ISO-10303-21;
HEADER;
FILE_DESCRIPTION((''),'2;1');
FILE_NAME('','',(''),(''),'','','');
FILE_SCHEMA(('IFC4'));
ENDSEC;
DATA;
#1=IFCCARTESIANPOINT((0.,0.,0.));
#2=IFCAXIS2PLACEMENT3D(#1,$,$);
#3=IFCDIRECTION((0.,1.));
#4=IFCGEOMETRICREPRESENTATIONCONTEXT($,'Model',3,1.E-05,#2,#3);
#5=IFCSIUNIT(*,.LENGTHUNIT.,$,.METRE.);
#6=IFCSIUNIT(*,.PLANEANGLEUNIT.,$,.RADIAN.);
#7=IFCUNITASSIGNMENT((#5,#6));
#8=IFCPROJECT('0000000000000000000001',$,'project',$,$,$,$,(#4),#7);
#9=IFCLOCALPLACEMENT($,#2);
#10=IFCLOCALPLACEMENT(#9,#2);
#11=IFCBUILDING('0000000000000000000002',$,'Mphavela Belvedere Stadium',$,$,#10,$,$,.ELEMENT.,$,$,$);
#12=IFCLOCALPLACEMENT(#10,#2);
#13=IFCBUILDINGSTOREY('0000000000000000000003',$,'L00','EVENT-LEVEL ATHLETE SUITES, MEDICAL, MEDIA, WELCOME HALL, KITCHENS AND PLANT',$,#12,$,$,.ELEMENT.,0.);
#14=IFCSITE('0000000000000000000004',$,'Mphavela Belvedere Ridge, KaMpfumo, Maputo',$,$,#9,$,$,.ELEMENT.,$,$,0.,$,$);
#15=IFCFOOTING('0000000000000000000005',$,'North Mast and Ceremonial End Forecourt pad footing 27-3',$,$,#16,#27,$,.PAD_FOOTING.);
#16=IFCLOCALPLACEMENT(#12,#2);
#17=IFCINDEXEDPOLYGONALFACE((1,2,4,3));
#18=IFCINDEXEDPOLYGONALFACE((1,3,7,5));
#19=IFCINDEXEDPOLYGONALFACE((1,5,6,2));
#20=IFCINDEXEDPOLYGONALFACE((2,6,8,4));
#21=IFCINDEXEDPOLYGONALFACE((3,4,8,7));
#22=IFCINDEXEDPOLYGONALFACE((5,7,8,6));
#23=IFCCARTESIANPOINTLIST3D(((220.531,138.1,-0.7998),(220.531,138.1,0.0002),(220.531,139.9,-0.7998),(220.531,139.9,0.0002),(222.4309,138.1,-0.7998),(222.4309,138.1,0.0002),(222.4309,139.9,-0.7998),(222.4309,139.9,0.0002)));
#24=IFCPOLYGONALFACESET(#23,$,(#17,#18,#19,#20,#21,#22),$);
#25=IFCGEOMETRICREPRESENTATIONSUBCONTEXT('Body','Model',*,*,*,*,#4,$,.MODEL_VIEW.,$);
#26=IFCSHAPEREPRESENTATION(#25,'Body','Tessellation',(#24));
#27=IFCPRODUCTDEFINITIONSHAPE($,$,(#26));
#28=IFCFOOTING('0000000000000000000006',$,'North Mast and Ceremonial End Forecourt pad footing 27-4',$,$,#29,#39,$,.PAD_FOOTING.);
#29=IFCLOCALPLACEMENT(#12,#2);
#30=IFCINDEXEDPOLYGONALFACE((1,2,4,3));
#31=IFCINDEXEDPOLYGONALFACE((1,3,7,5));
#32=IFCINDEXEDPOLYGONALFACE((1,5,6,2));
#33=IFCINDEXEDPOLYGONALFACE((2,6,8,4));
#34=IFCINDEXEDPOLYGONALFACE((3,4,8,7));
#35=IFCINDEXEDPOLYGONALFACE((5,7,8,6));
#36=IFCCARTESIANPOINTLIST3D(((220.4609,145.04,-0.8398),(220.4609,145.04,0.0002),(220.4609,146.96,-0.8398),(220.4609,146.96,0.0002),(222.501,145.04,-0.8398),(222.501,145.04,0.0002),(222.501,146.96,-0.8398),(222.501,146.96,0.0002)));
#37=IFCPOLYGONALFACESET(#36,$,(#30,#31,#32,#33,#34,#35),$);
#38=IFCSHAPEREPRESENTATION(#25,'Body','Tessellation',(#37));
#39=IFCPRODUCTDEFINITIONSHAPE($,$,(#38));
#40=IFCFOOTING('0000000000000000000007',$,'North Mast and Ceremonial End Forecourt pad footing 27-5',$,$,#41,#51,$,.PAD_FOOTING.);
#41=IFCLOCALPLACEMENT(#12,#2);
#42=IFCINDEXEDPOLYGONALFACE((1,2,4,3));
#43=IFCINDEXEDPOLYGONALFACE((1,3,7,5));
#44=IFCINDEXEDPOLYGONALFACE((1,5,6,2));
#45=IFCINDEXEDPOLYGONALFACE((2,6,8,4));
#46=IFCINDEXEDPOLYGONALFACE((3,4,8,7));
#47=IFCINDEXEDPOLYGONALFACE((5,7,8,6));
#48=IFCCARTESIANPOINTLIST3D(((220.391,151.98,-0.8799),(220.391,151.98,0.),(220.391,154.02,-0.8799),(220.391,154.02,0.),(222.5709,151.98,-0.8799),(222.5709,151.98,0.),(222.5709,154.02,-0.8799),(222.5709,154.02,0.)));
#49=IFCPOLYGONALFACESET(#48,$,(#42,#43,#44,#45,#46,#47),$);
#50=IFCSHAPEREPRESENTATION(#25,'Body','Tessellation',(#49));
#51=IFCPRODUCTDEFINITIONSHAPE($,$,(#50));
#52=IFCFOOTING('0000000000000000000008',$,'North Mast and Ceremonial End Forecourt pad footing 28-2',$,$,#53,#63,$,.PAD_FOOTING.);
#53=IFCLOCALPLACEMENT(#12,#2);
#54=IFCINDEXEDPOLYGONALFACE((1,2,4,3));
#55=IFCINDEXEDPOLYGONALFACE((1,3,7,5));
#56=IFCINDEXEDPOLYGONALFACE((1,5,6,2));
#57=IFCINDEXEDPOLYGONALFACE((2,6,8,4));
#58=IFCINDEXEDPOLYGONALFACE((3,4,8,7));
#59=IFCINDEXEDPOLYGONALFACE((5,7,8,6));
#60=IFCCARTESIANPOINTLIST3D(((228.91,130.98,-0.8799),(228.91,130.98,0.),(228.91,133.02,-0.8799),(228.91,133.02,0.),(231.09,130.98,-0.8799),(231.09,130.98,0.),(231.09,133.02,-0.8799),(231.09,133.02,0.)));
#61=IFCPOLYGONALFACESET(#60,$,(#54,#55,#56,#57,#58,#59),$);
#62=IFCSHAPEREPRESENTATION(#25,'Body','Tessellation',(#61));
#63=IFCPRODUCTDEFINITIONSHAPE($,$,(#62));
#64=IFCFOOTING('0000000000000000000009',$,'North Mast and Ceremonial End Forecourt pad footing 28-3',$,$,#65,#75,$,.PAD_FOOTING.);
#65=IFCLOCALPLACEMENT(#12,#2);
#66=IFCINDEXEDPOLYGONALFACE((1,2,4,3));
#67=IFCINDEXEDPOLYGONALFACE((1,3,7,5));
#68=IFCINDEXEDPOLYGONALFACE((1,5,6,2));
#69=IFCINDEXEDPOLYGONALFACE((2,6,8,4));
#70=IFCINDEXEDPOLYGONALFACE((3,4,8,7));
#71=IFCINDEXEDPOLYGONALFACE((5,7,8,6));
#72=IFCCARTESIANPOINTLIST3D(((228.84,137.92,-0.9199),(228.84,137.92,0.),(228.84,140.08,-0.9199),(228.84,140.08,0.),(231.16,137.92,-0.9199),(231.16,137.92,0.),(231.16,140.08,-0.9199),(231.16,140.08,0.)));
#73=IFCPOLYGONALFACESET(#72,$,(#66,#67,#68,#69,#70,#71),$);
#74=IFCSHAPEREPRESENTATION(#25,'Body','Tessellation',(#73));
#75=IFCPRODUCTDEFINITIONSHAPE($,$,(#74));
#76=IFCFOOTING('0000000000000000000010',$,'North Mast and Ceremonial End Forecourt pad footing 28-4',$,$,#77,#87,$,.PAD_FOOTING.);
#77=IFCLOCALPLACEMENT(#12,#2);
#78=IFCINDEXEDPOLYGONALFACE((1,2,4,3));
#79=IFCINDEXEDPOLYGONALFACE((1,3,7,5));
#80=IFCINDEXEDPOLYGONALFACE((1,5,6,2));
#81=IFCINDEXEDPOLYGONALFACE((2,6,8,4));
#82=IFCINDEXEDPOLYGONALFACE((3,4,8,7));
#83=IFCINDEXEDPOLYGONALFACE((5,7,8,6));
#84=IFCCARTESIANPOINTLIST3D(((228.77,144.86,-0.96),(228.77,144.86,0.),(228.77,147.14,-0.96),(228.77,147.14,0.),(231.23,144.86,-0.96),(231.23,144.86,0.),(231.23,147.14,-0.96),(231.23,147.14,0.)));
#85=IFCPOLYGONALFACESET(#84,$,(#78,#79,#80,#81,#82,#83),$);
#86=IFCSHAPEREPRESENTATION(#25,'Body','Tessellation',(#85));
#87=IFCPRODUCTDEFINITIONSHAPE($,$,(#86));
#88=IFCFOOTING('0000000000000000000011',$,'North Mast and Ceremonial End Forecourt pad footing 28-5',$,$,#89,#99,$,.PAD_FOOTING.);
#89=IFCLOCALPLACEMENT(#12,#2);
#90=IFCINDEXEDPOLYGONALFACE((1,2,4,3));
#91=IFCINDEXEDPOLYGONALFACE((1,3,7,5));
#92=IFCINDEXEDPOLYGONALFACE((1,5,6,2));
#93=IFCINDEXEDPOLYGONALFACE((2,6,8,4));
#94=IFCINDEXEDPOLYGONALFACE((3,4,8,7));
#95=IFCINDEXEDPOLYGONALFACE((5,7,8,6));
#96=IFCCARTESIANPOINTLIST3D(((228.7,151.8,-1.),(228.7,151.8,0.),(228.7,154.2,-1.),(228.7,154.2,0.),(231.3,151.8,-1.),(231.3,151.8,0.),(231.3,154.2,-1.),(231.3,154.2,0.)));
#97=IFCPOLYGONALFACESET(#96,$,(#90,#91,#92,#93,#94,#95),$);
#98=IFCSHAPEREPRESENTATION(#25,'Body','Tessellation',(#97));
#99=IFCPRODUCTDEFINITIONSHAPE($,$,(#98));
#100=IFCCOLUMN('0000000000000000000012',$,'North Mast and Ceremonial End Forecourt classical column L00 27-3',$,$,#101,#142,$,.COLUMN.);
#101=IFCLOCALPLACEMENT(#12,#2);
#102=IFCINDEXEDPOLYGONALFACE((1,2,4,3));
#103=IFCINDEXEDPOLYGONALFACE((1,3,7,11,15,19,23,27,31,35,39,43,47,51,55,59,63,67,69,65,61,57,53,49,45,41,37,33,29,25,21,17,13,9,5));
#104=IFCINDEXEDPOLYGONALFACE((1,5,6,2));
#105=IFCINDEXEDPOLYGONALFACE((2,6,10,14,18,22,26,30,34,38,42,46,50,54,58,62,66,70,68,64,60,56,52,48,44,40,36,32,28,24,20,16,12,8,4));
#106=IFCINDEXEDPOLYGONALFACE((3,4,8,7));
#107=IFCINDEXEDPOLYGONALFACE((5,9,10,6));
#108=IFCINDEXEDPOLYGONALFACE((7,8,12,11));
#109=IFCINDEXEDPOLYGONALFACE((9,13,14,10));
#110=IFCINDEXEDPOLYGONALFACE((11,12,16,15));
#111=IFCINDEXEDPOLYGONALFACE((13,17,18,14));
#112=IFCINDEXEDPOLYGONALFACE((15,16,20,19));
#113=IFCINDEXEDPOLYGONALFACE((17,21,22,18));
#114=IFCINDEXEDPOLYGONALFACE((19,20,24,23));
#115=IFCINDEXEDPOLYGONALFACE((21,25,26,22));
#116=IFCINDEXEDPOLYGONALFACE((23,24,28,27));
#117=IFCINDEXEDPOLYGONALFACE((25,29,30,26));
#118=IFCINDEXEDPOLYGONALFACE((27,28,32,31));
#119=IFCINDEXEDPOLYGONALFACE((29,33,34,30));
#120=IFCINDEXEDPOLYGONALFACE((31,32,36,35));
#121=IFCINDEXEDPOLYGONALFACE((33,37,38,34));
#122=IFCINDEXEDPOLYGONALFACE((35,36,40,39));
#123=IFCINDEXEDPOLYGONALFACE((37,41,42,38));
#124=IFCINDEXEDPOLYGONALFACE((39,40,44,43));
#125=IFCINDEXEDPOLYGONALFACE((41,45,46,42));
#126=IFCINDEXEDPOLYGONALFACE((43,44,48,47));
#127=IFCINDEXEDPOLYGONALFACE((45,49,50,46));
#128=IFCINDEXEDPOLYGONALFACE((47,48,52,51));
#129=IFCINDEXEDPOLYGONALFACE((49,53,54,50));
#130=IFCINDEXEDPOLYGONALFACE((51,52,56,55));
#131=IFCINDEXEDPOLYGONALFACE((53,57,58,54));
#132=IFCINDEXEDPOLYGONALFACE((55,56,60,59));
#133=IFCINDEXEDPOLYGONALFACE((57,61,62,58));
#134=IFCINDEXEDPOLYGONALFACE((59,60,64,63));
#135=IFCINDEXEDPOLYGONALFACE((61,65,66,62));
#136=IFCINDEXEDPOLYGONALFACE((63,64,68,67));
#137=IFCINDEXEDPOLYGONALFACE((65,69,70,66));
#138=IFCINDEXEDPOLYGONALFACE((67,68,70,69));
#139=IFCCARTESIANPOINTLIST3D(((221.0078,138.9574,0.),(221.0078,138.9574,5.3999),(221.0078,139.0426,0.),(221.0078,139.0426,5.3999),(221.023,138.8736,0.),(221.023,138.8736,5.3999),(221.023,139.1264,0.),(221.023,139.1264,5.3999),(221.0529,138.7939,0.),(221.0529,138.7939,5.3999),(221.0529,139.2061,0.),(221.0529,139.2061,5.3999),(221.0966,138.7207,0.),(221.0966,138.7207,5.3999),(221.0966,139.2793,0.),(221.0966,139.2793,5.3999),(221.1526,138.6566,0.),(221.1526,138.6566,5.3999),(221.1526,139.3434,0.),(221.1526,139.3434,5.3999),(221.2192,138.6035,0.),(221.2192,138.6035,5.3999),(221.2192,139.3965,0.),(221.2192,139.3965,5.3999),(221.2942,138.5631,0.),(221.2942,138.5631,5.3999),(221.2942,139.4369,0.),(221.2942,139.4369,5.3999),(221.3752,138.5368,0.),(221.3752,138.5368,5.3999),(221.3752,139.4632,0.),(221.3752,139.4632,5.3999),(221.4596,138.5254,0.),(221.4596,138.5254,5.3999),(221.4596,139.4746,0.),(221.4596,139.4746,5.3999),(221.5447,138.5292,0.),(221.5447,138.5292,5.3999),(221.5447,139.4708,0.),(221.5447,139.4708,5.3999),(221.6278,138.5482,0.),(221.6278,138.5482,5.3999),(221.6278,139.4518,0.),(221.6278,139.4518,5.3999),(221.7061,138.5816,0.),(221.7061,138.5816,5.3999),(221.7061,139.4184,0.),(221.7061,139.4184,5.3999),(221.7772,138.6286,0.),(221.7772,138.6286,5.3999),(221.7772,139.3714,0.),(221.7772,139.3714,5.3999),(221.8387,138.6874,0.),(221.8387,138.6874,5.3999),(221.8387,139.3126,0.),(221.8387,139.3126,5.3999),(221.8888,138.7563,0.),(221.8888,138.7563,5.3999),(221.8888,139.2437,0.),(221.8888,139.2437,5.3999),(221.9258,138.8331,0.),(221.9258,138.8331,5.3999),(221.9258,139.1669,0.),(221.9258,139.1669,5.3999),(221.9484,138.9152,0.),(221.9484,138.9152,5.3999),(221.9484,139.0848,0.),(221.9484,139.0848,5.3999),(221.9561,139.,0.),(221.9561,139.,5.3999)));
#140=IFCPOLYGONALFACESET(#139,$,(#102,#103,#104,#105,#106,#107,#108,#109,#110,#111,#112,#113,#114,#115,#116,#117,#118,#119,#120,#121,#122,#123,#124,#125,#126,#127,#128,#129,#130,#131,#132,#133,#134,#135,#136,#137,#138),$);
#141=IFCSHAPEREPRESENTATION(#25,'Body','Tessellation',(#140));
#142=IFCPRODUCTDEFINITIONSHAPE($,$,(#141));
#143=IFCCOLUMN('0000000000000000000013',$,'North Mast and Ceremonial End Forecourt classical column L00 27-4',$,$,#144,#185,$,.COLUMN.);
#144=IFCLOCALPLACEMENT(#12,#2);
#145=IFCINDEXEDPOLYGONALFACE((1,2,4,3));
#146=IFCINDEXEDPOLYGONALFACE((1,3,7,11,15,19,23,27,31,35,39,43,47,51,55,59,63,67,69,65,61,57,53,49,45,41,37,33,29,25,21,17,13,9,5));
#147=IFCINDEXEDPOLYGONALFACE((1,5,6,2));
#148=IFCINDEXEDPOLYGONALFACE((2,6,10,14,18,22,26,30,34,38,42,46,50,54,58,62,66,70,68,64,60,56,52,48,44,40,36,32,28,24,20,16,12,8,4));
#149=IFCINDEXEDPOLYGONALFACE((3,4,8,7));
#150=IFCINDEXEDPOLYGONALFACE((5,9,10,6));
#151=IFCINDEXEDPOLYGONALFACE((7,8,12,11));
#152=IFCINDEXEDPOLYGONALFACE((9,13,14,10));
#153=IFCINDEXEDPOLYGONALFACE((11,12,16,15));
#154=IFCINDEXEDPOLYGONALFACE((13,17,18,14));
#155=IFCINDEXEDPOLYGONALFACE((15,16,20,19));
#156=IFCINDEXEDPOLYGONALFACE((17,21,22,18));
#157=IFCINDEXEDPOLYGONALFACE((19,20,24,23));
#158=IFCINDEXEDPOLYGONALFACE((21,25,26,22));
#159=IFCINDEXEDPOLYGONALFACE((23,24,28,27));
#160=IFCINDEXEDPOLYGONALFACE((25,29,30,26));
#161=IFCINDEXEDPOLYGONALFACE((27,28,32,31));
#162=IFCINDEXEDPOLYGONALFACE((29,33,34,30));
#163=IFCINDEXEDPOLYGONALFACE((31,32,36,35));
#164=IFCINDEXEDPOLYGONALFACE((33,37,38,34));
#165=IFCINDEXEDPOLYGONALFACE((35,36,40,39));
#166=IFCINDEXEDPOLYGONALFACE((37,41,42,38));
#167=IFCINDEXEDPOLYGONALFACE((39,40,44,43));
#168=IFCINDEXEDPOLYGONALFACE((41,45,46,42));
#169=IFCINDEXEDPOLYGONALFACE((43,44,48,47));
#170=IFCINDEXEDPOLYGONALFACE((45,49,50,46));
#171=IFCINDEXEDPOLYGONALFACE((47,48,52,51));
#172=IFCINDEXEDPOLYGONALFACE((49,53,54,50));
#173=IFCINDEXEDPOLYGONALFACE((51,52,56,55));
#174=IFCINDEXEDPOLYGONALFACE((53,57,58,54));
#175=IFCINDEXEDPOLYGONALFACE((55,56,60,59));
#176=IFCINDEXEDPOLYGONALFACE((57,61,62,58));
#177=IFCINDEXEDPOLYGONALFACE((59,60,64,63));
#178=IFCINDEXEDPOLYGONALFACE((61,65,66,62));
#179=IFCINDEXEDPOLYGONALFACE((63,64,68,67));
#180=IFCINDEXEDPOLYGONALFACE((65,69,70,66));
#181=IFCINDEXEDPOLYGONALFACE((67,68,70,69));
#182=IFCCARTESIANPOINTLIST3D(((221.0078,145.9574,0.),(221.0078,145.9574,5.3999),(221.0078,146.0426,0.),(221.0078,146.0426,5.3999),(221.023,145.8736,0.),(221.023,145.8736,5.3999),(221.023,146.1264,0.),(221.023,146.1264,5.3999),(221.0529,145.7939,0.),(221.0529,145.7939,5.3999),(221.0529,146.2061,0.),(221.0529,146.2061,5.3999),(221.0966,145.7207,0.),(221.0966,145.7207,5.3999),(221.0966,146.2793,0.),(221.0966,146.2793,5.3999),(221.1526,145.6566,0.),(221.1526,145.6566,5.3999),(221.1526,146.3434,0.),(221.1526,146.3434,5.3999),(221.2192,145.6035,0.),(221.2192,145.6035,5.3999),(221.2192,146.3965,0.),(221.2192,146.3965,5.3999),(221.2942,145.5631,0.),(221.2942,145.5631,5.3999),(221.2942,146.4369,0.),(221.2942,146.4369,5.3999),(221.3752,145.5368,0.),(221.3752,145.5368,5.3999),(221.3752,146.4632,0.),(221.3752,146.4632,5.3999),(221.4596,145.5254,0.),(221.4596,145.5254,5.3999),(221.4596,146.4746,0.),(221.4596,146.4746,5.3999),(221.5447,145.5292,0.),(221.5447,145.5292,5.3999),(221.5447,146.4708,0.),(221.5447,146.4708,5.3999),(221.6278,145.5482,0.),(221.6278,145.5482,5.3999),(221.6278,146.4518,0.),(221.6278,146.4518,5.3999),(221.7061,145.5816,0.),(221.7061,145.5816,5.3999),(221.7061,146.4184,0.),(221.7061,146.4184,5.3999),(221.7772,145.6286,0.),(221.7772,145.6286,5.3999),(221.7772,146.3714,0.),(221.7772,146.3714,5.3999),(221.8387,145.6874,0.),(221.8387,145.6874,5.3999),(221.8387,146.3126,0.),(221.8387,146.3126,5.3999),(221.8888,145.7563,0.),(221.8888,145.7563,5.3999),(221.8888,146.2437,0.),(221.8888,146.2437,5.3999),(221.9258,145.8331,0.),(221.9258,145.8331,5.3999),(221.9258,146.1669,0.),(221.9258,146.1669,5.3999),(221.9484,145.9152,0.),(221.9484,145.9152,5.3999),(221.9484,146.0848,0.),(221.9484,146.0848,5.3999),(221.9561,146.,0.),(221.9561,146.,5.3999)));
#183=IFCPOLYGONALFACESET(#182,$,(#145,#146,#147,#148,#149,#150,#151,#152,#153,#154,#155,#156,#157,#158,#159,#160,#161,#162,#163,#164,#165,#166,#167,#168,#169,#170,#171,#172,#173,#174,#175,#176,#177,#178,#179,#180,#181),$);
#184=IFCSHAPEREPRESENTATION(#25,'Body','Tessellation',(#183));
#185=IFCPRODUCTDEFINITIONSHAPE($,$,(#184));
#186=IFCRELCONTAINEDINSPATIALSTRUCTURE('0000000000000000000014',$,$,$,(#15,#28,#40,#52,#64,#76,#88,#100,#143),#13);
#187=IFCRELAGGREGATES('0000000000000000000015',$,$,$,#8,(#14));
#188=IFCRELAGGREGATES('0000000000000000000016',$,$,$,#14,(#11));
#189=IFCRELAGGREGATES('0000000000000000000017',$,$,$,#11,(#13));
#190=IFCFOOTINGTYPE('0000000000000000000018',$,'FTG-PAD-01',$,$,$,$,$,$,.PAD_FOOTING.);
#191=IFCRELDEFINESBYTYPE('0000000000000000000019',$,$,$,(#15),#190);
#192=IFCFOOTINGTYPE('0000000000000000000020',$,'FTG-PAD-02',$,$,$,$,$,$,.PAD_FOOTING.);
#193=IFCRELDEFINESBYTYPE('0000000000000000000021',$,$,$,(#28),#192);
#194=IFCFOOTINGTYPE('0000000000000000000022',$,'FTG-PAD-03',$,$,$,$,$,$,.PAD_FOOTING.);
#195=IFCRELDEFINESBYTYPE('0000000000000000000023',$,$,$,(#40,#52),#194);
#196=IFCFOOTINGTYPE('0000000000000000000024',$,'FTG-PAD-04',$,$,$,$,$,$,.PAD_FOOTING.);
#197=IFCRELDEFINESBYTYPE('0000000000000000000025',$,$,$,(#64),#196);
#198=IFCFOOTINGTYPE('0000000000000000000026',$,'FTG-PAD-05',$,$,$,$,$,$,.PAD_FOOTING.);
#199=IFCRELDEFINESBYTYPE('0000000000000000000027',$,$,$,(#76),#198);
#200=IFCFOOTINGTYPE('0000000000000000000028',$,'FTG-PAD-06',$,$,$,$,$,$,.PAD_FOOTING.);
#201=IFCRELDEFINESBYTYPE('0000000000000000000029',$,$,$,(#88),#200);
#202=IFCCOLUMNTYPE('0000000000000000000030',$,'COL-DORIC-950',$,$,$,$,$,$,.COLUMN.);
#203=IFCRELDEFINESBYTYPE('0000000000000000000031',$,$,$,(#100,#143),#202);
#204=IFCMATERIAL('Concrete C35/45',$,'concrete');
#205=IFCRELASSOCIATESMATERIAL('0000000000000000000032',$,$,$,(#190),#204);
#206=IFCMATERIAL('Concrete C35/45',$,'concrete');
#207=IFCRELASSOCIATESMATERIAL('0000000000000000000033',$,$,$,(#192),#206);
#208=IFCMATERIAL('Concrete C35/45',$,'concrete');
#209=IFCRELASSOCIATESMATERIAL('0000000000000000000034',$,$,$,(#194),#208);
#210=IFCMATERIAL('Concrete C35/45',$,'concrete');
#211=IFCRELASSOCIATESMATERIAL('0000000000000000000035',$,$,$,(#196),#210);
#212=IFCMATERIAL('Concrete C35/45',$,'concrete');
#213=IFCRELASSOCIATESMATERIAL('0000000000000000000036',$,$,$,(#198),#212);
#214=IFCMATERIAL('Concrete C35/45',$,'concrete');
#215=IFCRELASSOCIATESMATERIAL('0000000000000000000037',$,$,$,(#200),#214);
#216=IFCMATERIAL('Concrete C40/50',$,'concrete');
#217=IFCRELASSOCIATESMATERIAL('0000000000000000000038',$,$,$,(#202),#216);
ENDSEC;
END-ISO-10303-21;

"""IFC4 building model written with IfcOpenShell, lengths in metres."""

from ifc_helpers import new_model, si_unit, direction, frame, origin, origin_2d, place, context, subcontext, project, spatial, rectangle, circle, extrude, material, material_profile, profile_set, type_object, element, save


model = new_model("IFC4")

# Units and contexts
model_context = context("Model", 3, precision=1e-05, world=origin(), true_north=direction((0.0, 1.0)))
body_context = subcontext(model_context, "Body", "Model", "MODEL_VIEW")
ifc_project = project(units=[si_unit("LENGTHUNIT", "METRE"), si_unit("PLANEANGLEUNIT", "RADIAN")], contexts=[model_context])

# Site, building, storey
site_placement = place(None, origin())
site = spatial("IfcSite", under=ifc_project, at=site_placement, Name="Mphavela Belvedere Ridge, KaMpfumo, Maputo", CompositionType="ELEMENT", RefElevation=0.0)
building_placement = place(site_placement, origin())
building = spatial("IfcBuilding", under=site, at=building_placement, Name="Mphavela Belvedere Stadium", CompositionType="ELEMENT")
storey_placement = place(building_placement, origin())
storey = spatial("IfcBuildingStorey", under=building, at=storey_placement, Name="L00", Description="EVENT-LEVEL ATHLETE SUITES, MEDICAL, MEDIA, WELCOME HALL, KITCHENS AND PLANT", CompositionType="ELEMENT", Elevation=0.0)

# Footings
ifc_material_1 = material(Name="Concrete C35/45", Category="concrete")
footing_type_1 = type_object("IfcFootingType", Name="FTG-PAD-01", PredefinedType="PAD_FOOTING", material=ifc_material_1)
footing_1_placement = place(storey_placement, frame((221.481, 139.0, -0.7998), z_axis=(0.0, 0.0, 1.0), x_axis=(1.0, 0.0, 0.0)))
element("IfcFooting", 1, at=footing_1_placement, inside=storey, type_object=footing_type_1, Name="North Mast and Ceremonial End Forecourt pad footing 27-3", PredefinedType="PAD_FOOTING", context=body_context, shape_type="SweptSolid", body=[
    extrude(rectangle(XDim=1.8999, YDim=1.8, at=origin_2d()), origin(), (0.0, 0.0, 1.0), 0.8),
])
ifc_material_2 = material(Name="Concrete C35/45", Category="concrete")
footing_type_2 = type_object("IfcFootingType", Name="FTG-PAD-02", PredefinedType="PAD_FOOTING", material=ifc_material_2)
footing_2_placement = place(storey_placement, frame((221.481, 146.0, -0.8398), z_axis=(0.0, 0.0, 1.0), x_axis=(1.0, 0.0, 0.0)))
element("IfcFooting", 2, at=footing_2_placement, inside=storey, type_object=footing_type_2, Name="North Mast and Ceremonial End Forecourt pad footing 27-4", PredefinedType="PAD_FOOTING", context=body_context, shape_type="SweptSolid", body=[
    extrude(rectangle(XDim=2.04, YDim=1.9199, at=origin_2d()), origin(), (0.0, 0.0, 1.0), 0.8401),
])
ifc_material_3 = material(Name="Concrete C35/45", Category="concrete")
footing_type_3 = type_object("IfcFootingType", Name="FTG-PAD-03", PredefinedType="PAD_FOOTING", material=ifc_material_3)
for number, where, z_axis, x_axis, name in (
    (3, (221.481, 153.0, -0.8799), (0.0, 0.0, 1.0), (1.0, 0.0, 0.0), "North Mast and Ceremonial End Forecourt pad footing 27-5"),
    (4, (230.0, 132.0, -0.8799), (0.0, 0.0, 1.0), (1.0, 0.0, 0.0), "North Mast and Ceremonial End Forecourt pad footing 28-2"),
):
    element("IfcFooting", number, at=place(storey_placement, frame(where, z_axis=z_axis, x_axis=x_axis)), inside=storey, type_object=footing_type_3, Name=name, PredefinedType="PAD_FOOTING", context=body_context, shape_type="SweptSolid", body=[
        extrude(rectangle(XDim=2.1799, YDim=2.04, at=origin_2d()), origin(), (0.0, 0.0, 1.0), 0.8799),
    ])
ifc_material_4 = material(Name="Concrete C35/45", Category="concrete")
footing_type_4 = type_object("IfcFootingType", Name="FTG-PAD-04", PredefinedType="PAD_FOOTING", material=ifc_material_4)
footing_3_placement = place(storey_placement, frame((230.0, 139.0, -0.9199), z_axis=(0.0, 0.0, 1.0), x_axis=(1.0, 0.0, 0.0)))
element("IfcFooting", 5, at=footing_3_placement, inside=storey, type_object=footing_type_4, Name="North Mast and Ceremonial End Forecourt pad footing 28-3", PredefinedType="PAD_FOOTING", context=body_context, shape_type="SweptSolid", body=[
    extrude(rectangle(XDim=2.3201, YDim=2.1599, at=origin_2d()), origin(), (0.0, 0.0, 1.0), 0.9199),
])
ifc_material_5 = material(Name="Concrete C35/45", Category="concrete")
footing_type_5 = type_object("IfcFootingType", Name="FTG-PAD-05", PredefinedType="PAD_FOOTING", material=ifc_material_5)
footing_4_placement = place(storey_placement, frame((230.0, 146.0, -0.96), z_axis=(0.0, 0.0, 1.0), x_axis=(1.0, 0.0, 0.0)))
element("IfcFooting", 6, at=footing_4_placement, inside=storey, type_object=footing_type_5, Name="North Mast and Ceremonial End Forecourt pad footing 28-4", PredefinedType="PAD_FOOTING", context=body_context, shape_type="SweptSolid", body=[
    extrude(rectangle(XDim=2.46, YDim=2.28, at=origin_2d()), origin(), (0.0, 0.0, 1.0), 0.96),
])
ifc_material_6 = material(Name="Concrete C35/45", Category="concrete")
footing_type_6 = type_object("IfcFootingType", Name="FTG-PAD-06", PredefinedType="PAD_FOOTING", material=ifc_material_6)
footing_5_placement = place(storey_placement, frame((230.0, 153.0, -1.0), z_axis=(0.0, 0.0, 1.0), x_axis=(1.0, 0.0, 0.0)))
element("IfcFooting", 7, at=footing_5_placement, inside=storey, type_object=footing_type_6, Name="North Mast and Ceremonial End Forecourt pad footing 28-5", PredefinedType="PAD_FOOTING", context=body_context, shape_type="SweptSolid", body=[
    extrude(rectangle(XDim=2.6001, YDim=2.3999, at=origin_2d()), origin(), (0.0, 0.0, 1.0), 1.0),
])

# Columns
ifc_material_7 = material(Name="Concrete C40/50", Category="concrete")
ifc_material_profile_1 = material_profile(ifc_material_7, circle(Radius=0.4751, at=origin_2d()), Name="COL D950")
ifc_profile_set_1 = profile_set([ifc_material_profile_1], Name="Concrete C40/50")
column_type = type_object("IfcColumnType", Name="COL-DORIC-950", PredefinedType="COLUMN", material=ifc_profile_set_1)
for number, where, z_axis, x_axis, name in (
    (8, (221.481, 139.0, 0.0), (0.0, 0.0, 1.0), (1.0, 0.0, 0.0), "North Mast and Ceremonial End Forecourt classical column L00 27-3"),
    (9, (221.481, 146.0, 0.0), (0.0, 0.0, 1.0), (1.0, 0.0, 0.0), "North Mast and Ceremonial End Forecourt classical column L00 27-4"),
):
    element("IfcColumn", number, at=place(storey_placement, frame(where, z_axis=z_axis, x_axis=x_axis)), inside=storey, type_object=column_type, Name=name, PredefinedType="COLUMN", context=body_context, shape_type="SweptSolid", body=[
        extrude(circle(Radius=0.4751, at=origin_2d()), origin(), (0.0, 0.0, 1.0), 5.3999),
    ])

save(model, "model.ifc")
